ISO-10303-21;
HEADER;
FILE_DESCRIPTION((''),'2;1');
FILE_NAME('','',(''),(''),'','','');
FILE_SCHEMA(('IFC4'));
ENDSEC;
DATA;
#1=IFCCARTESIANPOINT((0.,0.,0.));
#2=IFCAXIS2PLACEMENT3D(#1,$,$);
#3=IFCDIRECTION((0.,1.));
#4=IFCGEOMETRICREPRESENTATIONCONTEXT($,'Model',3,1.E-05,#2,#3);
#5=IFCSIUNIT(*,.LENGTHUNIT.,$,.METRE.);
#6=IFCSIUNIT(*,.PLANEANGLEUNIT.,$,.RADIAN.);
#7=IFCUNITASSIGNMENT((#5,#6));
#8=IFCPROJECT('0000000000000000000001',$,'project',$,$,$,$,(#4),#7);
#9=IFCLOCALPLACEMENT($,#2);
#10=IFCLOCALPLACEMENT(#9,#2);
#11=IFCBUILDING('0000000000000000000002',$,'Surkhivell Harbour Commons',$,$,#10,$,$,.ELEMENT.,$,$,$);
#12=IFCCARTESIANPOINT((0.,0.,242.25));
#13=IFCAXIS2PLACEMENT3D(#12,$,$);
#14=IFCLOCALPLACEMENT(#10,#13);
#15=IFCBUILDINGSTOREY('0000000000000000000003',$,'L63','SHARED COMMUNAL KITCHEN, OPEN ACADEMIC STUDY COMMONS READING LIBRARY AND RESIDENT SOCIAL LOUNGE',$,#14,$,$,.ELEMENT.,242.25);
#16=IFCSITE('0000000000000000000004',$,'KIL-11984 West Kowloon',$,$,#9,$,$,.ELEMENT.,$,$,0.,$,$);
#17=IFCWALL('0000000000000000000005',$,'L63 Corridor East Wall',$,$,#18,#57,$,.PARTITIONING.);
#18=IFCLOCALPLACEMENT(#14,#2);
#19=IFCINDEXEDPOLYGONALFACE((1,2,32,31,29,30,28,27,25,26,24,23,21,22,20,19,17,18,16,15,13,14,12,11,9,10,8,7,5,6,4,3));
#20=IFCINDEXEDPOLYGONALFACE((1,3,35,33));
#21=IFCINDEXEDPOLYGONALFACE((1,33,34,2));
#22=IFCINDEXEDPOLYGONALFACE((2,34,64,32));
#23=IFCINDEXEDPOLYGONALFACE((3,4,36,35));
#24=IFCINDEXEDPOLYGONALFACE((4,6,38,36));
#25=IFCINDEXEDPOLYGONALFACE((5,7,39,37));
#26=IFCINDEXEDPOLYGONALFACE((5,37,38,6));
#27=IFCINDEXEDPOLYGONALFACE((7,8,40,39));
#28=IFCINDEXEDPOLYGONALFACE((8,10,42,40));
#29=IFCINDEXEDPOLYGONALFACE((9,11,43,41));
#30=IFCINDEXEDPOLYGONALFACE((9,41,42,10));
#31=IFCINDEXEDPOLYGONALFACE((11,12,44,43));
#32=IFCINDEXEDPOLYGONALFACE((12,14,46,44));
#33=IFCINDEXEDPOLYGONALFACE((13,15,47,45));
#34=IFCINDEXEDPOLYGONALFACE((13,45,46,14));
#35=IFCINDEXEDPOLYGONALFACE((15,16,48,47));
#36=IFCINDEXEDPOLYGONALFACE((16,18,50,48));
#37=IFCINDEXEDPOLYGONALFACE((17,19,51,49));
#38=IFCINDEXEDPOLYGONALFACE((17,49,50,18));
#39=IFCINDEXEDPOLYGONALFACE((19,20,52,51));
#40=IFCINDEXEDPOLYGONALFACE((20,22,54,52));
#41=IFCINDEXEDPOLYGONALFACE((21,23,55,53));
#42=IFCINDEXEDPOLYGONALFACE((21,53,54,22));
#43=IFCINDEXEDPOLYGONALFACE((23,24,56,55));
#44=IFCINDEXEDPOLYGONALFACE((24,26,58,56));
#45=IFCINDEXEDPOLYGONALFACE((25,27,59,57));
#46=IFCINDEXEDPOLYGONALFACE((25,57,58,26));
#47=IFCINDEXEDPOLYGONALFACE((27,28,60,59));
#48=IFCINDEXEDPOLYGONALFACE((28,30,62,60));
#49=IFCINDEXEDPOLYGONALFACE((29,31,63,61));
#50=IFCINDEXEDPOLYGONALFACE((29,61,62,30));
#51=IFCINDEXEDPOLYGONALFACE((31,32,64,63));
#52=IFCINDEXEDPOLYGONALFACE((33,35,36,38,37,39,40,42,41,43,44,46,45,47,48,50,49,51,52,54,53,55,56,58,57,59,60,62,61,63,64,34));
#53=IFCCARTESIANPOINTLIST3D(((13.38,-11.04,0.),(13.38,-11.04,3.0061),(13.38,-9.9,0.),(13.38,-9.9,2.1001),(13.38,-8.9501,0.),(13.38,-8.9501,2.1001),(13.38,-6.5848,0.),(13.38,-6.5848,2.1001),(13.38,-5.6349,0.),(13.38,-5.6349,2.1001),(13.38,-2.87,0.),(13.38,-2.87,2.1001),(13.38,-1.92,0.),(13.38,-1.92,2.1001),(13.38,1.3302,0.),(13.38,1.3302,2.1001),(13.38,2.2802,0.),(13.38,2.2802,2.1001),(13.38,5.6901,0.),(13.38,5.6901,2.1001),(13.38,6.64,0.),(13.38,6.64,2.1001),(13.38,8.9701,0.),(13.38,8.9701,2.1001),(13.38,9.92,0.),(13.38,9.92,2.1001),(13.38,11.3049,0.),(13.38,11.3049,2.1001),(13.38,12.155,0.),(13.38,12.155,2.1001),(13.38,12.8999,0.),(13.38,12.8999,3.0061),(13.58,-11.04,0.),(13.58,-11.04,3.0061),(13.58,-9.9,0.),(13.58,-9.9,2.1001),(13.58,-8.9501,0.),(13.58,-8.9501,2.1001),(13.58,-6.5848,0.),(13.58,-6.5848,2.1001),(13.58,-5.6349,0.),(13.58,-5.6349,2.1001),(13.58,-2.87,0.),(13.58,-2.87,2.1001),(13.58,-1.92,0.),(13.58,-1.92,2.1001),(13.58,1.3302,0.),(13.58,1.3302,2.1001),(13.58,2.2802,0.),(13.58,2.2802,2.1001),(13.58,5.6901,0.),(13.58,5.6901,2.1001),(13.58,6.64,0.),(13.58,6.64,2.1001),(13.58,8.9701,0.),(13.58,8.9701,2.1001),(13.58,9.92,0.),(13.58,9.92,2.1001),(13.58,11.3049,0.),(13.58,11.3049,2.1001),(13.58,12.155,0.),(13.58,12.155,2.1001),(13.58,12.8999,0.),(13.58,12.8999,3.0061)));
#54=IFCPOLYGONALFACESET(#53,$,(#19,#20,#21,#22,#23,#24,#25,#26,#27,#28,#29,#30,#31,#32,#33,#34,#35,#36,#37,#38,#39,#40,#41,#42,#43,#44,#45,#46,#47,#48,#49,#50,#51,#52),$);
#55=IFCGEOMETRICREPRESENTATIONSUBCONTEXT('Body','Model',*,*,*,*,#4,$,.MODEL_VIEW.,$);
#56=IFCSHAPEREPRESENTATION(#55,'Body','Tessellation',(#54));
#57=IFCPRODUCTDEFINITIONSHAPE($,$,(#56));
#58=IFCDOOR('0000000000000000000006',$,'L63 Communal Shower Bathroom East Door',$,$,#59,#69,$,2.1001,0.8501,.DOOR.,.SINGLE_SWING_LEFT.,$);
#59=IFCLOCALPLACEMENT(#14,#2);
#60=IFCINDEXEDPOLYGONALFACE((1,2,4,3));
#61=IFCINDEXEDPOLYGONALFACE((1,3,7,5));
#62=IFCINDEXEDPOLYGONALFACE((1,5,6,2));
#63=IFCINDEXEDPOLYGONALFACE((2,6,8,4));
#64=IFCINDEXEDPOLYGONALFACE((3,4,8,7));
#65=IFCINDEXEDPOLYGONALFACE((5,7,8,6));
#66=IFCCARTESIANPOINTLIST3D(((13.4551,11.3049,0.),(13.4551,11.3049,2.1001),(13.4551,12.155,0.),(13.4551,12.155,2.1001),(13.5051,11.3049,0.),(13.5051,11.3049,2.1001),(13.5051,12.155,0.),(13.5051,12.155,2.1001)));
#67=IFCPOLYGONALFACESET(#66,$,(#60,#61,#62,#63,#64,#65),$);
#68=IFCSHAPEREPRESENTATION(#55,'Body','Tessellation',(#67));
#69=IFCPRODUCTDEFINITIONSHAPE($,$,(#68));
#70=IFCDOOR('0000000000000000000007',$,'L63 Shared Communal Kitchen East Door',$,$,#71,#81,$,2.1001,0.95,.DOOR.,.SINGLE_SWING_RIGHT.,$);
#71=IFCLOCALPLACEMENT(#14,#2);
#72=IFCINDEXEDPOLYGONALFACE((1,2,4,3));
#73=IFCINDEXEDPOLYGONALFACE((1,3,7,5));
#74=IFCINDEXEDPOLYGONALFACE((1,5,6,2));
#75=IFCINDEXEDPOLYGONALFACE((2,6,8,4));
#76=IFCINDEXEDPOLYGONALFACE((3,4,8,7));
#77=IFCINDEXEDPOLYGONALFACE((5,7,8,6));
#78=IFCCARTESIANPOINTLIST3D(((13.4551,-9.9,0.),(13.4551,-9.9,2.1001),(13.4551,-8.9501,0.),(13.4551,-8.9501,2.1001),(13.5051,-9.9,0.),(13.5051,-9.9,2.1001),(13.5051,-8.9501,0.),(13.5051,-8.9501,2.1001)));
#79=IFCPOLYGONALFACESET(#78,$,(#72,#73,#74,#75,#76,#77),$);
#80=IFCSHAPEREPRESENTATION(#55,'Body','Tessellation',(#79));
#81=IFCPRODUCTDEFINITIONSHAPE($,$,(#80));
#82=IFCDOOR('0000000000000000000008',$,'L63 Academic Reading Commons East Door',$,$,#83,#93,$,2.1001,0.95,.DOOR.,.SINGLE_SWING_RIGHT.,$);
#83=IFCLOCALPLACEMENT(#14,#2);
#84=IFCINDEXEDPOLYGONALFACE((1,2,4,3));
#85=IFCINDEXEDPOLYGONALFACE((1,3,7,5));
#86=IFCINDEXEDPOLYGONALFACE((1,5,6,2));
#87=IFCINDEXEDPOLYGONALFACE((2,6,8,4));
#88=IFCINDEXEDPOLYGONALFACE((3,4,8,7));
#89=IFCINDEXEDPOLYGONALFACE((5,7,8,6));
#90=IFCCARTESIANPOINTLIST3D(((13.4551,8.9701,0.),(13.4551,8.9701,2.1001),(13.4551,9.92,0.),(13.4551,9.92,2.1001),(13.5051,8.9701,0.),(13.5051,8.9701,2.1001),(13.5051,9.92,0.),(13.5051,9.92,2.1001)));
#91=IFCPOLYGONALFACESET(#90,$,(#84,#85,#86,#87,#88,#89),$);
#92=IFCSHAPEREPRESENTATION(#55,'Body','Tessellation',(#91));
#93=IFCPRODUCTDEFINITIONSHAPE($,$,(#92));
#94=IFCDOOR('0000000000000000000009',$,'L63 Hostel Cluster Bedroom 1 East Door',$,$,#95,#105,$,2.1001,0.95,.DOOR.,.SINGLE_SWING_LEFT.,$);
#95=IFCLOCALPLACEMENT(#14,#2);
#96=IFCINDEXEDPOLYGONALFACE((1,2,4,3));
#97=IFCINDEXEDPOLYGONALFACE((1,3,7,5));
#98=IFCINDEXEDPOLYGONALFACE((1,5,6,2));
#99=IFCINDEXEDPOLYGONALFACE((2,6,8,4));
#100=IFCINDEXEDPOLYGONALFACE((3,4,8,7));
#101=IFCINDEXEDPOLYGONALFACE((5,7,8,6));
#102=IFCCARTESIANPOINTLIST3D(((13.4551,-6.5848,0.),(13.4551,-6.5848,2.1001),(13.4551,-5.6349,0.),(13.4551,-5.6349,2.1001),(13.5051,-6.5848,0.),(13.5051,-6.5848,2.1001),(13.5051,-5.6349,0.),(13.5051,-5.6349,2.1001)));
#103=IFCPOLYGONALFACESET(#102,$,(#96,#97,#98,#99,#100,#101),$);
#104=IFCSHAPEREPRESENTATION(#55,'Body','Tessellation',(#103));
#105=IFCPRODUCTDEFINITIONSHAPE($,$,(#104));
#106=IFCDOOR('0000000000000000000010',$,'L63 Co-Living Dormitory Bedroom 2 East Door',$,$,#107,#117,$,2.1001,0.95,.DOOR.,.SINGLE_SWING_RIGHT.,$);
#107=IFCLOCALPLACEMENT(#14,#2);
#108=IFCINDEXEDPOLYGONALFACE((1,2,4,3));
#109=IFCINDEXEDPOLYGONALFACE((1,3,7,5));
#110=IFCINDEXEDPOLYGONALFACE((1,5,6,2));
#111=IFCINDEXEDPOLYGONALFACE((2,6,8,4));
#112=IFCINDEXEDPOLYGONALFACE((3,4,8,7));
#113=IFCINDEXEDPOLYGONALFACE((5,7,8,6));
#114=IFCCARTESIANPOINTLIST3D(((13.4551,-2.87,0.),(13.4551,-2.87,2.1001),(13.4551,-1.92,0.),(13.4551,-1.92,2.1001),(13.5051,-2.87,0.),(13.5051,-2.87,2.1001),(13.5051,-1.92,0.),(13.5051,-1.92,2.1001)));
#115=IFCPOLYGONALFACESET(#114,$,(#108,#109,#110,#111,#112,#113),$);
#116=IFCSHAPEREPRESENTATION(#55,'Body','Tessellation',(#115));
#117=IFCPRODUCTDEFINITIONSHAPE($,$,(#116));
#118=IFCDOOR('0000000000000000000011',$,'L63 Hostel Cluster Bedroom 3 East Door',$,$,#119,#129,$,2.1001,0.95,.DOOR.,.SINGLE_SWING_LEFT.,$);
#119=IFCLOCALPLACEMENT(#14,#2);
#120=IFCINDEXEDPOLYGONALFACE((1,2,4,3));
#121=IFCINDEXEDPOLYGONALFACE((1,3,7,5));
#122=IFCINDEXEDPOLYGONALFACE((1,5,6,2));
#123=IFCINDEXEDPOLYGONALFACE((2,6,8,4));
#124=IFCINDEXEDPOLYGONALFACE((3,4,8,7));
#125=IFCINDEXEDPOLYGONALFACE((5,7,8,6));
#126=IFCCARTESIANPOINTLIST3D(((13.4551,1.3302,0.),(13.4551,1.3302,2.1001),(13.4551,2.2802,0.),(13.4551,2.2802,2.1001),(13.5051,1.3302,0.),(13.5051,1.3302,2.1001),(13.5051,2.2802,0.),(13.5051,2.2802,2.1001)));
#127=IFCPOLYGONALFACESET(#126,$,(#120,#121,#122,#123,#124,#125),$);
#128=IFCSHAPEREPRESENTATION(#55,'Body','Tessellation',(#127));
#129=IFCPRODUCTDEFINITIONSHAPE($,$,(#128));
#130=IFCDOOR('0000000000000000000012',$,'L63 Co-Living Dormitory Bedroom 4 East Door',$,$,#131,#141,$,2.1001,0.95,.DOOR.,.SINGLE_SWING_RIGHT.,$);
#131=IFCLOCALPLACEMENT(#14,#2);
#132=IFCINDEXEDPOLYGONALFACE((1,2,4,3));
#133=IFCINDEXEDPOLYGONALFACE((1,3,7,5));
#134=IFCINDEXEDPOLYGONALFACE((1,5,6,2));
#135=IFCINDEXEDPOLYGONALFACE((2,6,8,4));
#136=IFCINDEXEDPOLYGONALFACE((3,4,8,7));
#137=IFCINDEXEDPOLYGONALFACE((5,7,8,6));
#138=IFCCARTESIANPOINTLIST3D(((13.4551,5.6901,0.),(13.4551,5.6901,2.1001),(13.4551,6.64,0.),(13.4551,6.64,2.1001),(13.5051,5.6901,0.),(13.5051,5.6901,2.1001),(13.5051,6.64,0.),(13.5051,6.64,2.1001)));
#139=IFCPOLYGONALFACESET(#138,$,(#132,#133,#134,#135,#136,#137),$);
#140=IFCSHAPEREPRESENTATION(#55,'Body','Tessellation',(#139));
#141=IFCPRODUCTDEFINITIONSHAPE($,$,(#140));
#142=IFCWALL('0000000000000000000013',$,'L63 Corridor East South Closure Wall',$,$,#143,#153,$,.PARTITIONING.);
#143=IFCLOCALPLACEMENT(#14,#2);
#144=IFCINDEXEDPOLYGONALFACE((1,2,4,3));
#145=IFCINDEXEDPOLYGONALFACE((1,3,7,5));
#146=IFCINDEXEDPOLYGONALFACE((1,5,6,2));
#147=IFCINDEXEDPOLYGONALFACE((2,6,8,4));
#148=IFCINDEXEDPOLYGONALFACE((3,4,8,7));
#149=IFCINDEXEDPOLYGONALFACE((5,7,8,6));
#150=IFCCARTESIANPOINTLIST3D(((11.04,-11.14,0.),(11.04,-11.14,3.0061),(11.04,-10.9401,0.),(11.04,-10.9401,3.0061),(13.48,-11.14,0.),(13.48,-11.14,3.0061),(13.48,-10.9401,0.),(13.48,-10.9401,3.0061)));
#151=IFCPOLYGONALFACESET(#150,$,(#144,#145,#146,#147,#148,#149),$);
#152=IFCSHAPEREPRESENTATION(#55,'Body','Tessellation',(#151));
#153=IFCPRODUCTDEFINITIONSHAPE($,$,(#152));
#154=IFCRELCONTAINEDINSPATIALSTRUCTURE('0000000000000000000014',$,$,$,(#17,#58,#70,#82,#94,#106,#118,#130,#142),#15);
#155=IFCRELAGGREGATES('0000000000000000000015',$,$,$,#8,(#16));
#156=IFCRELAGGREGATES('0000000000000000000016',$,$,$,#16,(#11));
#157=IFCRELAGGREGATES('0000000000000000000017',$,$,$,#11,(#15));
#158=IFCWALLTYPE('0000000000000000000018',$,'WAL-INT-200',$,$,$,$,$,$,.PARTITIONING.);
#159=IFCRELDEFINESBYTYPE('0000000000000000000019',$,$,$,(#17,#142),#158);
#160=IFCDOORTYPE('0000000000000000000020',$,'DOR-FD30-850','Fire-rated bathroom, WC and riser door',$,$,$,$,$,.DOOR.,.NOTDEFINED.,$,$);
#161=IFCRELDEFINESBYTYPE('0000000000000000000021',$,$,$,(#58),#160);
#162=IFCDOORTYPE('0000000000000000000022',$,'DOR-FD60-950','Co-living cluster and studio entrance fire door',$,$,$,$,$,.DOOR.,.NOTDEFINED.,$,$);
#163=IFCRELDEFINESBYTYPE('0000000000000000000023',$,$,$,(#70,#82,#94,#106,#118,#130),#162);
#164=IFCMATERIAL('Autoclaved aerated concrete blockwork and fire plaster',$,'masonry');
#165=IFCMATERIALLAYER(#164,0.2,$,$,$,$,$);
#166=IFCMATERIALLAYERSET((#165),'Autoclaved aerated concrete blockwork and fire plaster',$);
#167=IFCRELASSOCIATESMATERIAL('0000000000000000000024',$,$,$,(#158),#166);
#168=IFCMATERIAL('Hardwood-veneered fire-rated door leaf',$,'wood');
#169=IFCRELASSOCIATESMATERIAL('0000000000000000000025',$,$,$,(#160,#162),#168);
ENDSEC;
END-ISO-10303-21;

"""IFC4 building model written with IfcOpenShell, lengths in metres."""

from ifc_helpers import new_model, si_unit, direction, frame, frame_2d, origin, place, context, subcontext, project, spatial, rectangle, extrude, material, layer, layer_set, type_object, element, fill, save


model = new_model("IFC4")

# Units and contexts
model_context = context("Model", 3, precision=1e-05, world=origin(), true_north=direction((0.0, 1.0)))
body_context = subcontext(model_context, "Body", "Model", "MODEL_VIEW")
ifc_project = project(units=[si_unit("LENGTHUNIT", "METRE"), si_unit("PLANEANGLEUNIT", "RADIAN")], contexts=[model_context])

# Site, building, storey
site_placement = place(None, origin())
site = spatial("IfcSite", under=ifc_project, at=site_placement, Name="KIL-11984 West Kowloon", CompositionType="ELEMENT", RefElevation=0.0)
building_placement = place(site_placement, origin())
building = spatial("IfcBuilding", under=site, at=building_placement, Name="Surkhivell Harbour Commons", CompositionType="ELEMENT")
storey_placement = place(building_placement, frame((0.0, 0.0, 242.25)))
storey = spatial("IfcBuildingStorey", under=building, at=storey_placement, Name="L63", Description="SHARED COMMUNAL KITCHEN, OPEN ACADEMIC STUDY COMMONS READING LIBRARY AND RESIDENT SOCIAL LOUNGE", CompositionType="ELEMENT", Elevation=242.25)

# Wall, openings, doors
ifc_material_1 = material(Name="Autoclaved aerated concrete blockwork and fire plaster", Category="masonry")
ifc_layer_1 = layer(ifc_material_1, 0.2)
ifc_layer_set_1 = layer_set([ifc_layer_1], Name="Autoclaved aerated concrete blockwork and fire plaster")
wall_type_1 = type_object("IfcWallType", Name="WAL-INT-200", PredefinedType="PARTITIONING", material=ifc_layer_set_1)
wall_1_placement = place(storey_placement, frame((13.48, -11.04, 0.0), z_axis=(0.0, 0.0, 1.0), x_axis=(0.0, 1.0, 0.0)))
wall_1 = element("IfcWall", 1, at=wall_1_placement, inside=storey, type_object=wall_type_1, Name="L63 Corridor East Wall", PredefinedType="PARTITIONING", context=body_context, shape_type="SweptSolid", body=[
    extrude(rectangle(XDim=23.9399, YDim=0.2, at=frame_2d((11.97, 0.0))), origin(), (0.0, 0.0, 1.0), 3.0061),
])
opening_1_placement = place(wall_1_placement, frame((1.1399, 0.0, 0.0)))
opening_1 = element("IfcOpeningElement", 2, at=opening_1_placement, cuts=wall_1, PredefinedType="OPENING", context=body_context, shape_type="SweptSolid", body=[
    extrude(rectangle(XDim=0.95, YDim=2.1001, at=frame_2d((0.4751, 1.05))), frame((0.0, 0.1099, 0.0), z_axis=(0.0, -1.0, 0.0), x_axis=(1.0, 0.0, 0.0)), (0.0, 0.0, 1.0), 0.22),
])
opening_2_placement = place(wall_1_placement, frame((22.345, 0.0, 0.0)))
opening_2 = element("IfcOpeningElement", 3, at=opening_2_placement, cuts=wall_1, PredefinedType="OPENING", context=body_context, shape_type="SweptSolid", body=[
    extrude(rectangle(XDim=0.8501, YDim=2.1001, at=frame_2d((0.425, 1.05))), frame((0.0, 0.1099, 0.0), z_axis=(0.0, -1.0, 0.0), x_axis=(1.0, 0.0, 0.0)), (0.0, 0.0, 1.0), 0.22),
])
opening_3_placement = place(wall_1_placement, frame((20.01, 0.0, 0.0)))
opening_3 = element("IfcOpeningElement", 4, at=opening_3_placement, cuts=wall_1, PredefinedType="OPENING", context=body_context, shape_type="SweptSolid", body=[
    extrude(rectangle(XDim=0.95, YDim=2.1001, at=frame_2d((0.4751, 1.05))), frame((0.0, 0.1099, 0.0), z_axis=(0.0, -1.0, 0.0), x_axis=(1.0, 0.0, 0.0)), (0.0, 0.0, 1.0), 0.22),
])
opening_4_placement = place(wall_1_placement, frame((4.4551, 0.0, 0.0)))
opening_4 = element("IfcOpeningElement", 5, at=opening_4_placement, cuts=wall_1, PredefinedType="OPENING", context=body_context, shape_type="SweptSolid", body=[
    extrude(rectangle(XDim=0.95, YDim=2.1001, at=frame_2d((0.4751, 1.05))), frame((0.0, 0.1099, 0.0), z_axis=(0.0, -1.0, 0.0), x_axis=(1.0, 0.0, 0.0)), (0.0, 0.0, 1.0), 0.22),
])
opening_5_placement = place(wall_1_placement, frame((8.1699, 0.0, 0.0)))
opening_5 = element("IfcOpeningElement", 6, at=opening_5_placement, cuts=wall_1, PredefinedType="OPENING", context=body_context, shape_type="SweptSolid", body=[
    extrude(rectangle(XDim=0.95, YDim=2.1001, at=frame_2d((0.4751, 1.05))), frame((0.0, 0.1099, 0.0), z_axis=(0.0, -1.0, 0.0), x_axis=(1.0, 0.0, 0.0)), (0.0, 0.0, 1.0), 0.22),
])
opening_6_placement = place(wall_1_placement, frame((12.3701, 0.0, 0.0)))
opening_6 = element("IfcOpeningElement", 7, at=opening_6_placement, cuts=wall_1, PredefinedType="OPENING", context=body_context, shape_type="SweptSolid", body=[
    extrude(rectangle(XDim=0.95, YDim=2.1001, at=frame_2d((0.4751, 1.05))), frame((0.0, 0.1099, 0.0), z_axis=(0.0, -1.0, 0.0), x_axis=(1.0, 0.0, 0.0)), (0.0, 0.0, 1.0), 0.22),
])
opening_7_placement = place(wall_1_placement, frame((16.73, 0.0, 0.0)))
opening_7 = element("IfcOpeningElement", 8, at=opening_7_placement, cuts=wall_1, PredefinedType="OPENING", context=body_context, shape_type="SweptSolid", body=[
    extrude(rectangle(XDim=0.95, YDim=2.1001, at=frame_2d((0.4751, 1.05))), frame((0.0, 0.1099, 0.0), z_axis=(0.0, -1.0, 0.0), x_axis=(1.0, 0.0, 0.0)), (0.0, 0.0, 1.0), 0.22),
])
ifc_material_2 = material(Name="Hardwood-veneered fire-rated door leaf", Category="wood")
door_type_1 = type_object("IfcDoorType", Name="DOR-FD30-850", Description="Fire-rated bathroom, WC and riser door", OperationType="NOTDEFINED", PredefinedType="DOOR", material=ifc_material_2)
door_1_placement = place(opening_2_placement, origin())
door_1 = element("IfcDoor", 9, at=door_1_placement, inside=storey, type_object=door_type_1, Name="L63 Communal Shower Bathroom East Door", OperationType="SINGLE_SWING_LEFT", OverallHeight=2.1001, OverallWidth=0.8501, PredefinedType="DOOR", context=body_context, shape_type="SweptSolid", body=[
    extrude(rectangle(XDim=0.8501, YDim=2.1001, at=frame_2d((0.425, 1.05))), frame((0.0, 0.0249, 0.0), z_axis=(0.0, -1.0, 0.0), x_axis=(1.0, 0.0, 0.0)), (0.0, 0.0, 1.0), 0.05),
])
fill(opening_2, door_1)
door_type_2 = type_object("IfcDoorType", Name="DOR-FD60-950", Description="Co-living cluster and studio entrance fire door", OperationType="NOTDEFINED", PredefinedType="DOOR", material=ifc_material_2)
door_2_placement = place(opening_1_placement, origin())
door_2 = element("IfcDoor", 10, at=door_2_placement, inside=storey, type_object=door_type_2, Name="L63 Shared Communal Kitchen East Door", OperationType="SINGLE_SWING_RIGHT", OverallHeight=2.1001, OverallWidth=0.95, PredefinedType="DOOR", context=body_context, shape_type="SweptSolid", body=[
    extrude(rectangle(XDim=0.95, YDim=2.1001, at=frame_2d((0.4751, 1.05))), frame((0.0, 0.0249, 0.0), z_axis=(0.0, -1.0, 0.0), x_axis=(1.0, 0.0, 0.0)), (0.0, 0.0, 1.0), 0.05),
])
fill(opening_1, door_2)
door_3_placement = place(opening_3_placement, origin())
door_3 = element("IfcDoor", 11, at=door_3_placement, inside=storey, type_object=door_type_2, Name="L63 Academic Reading Commons East Door", OperationType="SINGLE_SWING_RIGHT", OverallHeight=2.1001, OverallWidth=0.95, PredefinedType="DOOR", context=body_context, shape_type="SweptSolid", body=[
    extrude(rectangle(XDim=0.95, YDim=2.1001, at=frame_2d((0.4751, 1.05))), frame((0.0, 0.0249, 0.0), z_axis=(0.0, -1.0, 0.0), x_axis=(1.0, 0.0, 0.0)), (0.0, 0.0, 1.0), 0.05),
])
fill(opening_3, door_3)
door_4_placement = place(opening_4_placement, origin())
door_4 = element("IfcDoor", 12, at=door_4_placement, inside=storey, type_object=door_type_2, Name="L63 Hostel Cluster Bedroom 1 East Door", OperationType="SINGLE_SWING_LEFT", OverallHeight=2.1001, OverallWidth=0.95, PredefinedType="DOOR", context=body_context, shape_type="SweptSolid", body=[
    extrude(rectangle(XDim=0.95, YDim=2.1001, at=frame_2d((0.4751, 1.05))), frame((0.0, 0.0249, 0.0), z_axis=(0.0, -1.0, 0.0), x_axis=(1.0, 0.0, 0.0)), (0.0, 0.0, 1.0), 0.05),
])
fill(opening_4, door_4)
door_5_placement = place(opening_5_placement, origin())
door_5 = element("IfcDoor", 13, at=door_5_placement, inside=storey, type_object=door_type_2, Name="L63 Co-Living Dormitory Bedroom 2 East Door", OperationType="SINGLE_SWING_RIGHT", OverallHeight=2.1001, OverallWidth=0.95, PredefinedType="DOOR", context=body_context, shape_type="SweptSolid", body=[
    extrude(rectangle(XDim=0.95, YDim=2.1001, at=frame_2d((0.4751, 1.05))), frame((0.0, 0.0249, 0.0), z_axis=(0.0, -1.0, 0.0), x_axis=(1.0, 0.0, 0.0)), (0.0, 0.0, 1.0), 0.05),
])
fill(opening_5, door_5)
door_6_placement = place(opening_6_placement, origin())
door_6 = element("IfcDoor", 14, at=door_6_placement, inside=storey, type_object=door_type_2, Name="L63 Hostel Cluster Bedroom 3 East Door", OperationType="SINGLE_SWING_LEFT", OverallHeight=2.1001, OverallWidth=0.95, PredefinedType="DOOR", context=body_context, shape_type="SweptSolid", body=[
    extrude(rectangle(XDim=0.95, YDim=2.1001, at=frame_2d((0.4751, 1.05))), frame((0.0, 0.0249, 0.0), z_axis=(0.0, -1.0, 0.0), x_axis=(1.0, 0.0, 0.0)), (0.0, 0.0, 1.0), 0.05),
])
fill(opening_6, door_6)
door_7_placement = place(opening_7_placement, origin())
door_7 = element("IfcDoor", 15, at=door_7_placement, inside=storey, type_object=door_type_2, Name="L63 Co-Living Dormitory Bedroom 4 East Door", OperationType="SINGLE_SWING_RIGHT", OverallHeight=2.1001, OverallWidth=0.95, PredefinedType="DOOR", context=body_context, shape_type="SweptSolid", body=[
    extrude(rectangle(XDim=0.95, YDim=2.1001, at=frame_2d((0.4751, 1.05))), frame((0.0, 0.0249, 0.0), z_axis=(0.0, -1.0, 0.0), x_axis=(1.0, 0.0, 0.0)), (0.0, 0.0, 1.0), 0.05),
])
fill(opening_7, door_7)

# Wall
wall_2_placement = place(storey_placement, frame((11.04, -11.04, 0.0), z_axis=(0.0, 0.0, 1.0), x_axis=(1.0, 0.0, 0.0)))
element("IfcWall", 16, at=wall_2_placement, inside=storey, type_object=wall_type_1, Name="L63 Corridor East South Closure Wall", PredefinedType="PARTITIONING", context=body_context, shape_type="SweptSolid", body=[
    extrude(rectangle(XDim=2.4399, YDim=0.2, at=frame_2d((1.22, 0.0))), origin(), (0.0, 0.0, 1.0), 3.0061),
])

save(model, "model.ifc")
